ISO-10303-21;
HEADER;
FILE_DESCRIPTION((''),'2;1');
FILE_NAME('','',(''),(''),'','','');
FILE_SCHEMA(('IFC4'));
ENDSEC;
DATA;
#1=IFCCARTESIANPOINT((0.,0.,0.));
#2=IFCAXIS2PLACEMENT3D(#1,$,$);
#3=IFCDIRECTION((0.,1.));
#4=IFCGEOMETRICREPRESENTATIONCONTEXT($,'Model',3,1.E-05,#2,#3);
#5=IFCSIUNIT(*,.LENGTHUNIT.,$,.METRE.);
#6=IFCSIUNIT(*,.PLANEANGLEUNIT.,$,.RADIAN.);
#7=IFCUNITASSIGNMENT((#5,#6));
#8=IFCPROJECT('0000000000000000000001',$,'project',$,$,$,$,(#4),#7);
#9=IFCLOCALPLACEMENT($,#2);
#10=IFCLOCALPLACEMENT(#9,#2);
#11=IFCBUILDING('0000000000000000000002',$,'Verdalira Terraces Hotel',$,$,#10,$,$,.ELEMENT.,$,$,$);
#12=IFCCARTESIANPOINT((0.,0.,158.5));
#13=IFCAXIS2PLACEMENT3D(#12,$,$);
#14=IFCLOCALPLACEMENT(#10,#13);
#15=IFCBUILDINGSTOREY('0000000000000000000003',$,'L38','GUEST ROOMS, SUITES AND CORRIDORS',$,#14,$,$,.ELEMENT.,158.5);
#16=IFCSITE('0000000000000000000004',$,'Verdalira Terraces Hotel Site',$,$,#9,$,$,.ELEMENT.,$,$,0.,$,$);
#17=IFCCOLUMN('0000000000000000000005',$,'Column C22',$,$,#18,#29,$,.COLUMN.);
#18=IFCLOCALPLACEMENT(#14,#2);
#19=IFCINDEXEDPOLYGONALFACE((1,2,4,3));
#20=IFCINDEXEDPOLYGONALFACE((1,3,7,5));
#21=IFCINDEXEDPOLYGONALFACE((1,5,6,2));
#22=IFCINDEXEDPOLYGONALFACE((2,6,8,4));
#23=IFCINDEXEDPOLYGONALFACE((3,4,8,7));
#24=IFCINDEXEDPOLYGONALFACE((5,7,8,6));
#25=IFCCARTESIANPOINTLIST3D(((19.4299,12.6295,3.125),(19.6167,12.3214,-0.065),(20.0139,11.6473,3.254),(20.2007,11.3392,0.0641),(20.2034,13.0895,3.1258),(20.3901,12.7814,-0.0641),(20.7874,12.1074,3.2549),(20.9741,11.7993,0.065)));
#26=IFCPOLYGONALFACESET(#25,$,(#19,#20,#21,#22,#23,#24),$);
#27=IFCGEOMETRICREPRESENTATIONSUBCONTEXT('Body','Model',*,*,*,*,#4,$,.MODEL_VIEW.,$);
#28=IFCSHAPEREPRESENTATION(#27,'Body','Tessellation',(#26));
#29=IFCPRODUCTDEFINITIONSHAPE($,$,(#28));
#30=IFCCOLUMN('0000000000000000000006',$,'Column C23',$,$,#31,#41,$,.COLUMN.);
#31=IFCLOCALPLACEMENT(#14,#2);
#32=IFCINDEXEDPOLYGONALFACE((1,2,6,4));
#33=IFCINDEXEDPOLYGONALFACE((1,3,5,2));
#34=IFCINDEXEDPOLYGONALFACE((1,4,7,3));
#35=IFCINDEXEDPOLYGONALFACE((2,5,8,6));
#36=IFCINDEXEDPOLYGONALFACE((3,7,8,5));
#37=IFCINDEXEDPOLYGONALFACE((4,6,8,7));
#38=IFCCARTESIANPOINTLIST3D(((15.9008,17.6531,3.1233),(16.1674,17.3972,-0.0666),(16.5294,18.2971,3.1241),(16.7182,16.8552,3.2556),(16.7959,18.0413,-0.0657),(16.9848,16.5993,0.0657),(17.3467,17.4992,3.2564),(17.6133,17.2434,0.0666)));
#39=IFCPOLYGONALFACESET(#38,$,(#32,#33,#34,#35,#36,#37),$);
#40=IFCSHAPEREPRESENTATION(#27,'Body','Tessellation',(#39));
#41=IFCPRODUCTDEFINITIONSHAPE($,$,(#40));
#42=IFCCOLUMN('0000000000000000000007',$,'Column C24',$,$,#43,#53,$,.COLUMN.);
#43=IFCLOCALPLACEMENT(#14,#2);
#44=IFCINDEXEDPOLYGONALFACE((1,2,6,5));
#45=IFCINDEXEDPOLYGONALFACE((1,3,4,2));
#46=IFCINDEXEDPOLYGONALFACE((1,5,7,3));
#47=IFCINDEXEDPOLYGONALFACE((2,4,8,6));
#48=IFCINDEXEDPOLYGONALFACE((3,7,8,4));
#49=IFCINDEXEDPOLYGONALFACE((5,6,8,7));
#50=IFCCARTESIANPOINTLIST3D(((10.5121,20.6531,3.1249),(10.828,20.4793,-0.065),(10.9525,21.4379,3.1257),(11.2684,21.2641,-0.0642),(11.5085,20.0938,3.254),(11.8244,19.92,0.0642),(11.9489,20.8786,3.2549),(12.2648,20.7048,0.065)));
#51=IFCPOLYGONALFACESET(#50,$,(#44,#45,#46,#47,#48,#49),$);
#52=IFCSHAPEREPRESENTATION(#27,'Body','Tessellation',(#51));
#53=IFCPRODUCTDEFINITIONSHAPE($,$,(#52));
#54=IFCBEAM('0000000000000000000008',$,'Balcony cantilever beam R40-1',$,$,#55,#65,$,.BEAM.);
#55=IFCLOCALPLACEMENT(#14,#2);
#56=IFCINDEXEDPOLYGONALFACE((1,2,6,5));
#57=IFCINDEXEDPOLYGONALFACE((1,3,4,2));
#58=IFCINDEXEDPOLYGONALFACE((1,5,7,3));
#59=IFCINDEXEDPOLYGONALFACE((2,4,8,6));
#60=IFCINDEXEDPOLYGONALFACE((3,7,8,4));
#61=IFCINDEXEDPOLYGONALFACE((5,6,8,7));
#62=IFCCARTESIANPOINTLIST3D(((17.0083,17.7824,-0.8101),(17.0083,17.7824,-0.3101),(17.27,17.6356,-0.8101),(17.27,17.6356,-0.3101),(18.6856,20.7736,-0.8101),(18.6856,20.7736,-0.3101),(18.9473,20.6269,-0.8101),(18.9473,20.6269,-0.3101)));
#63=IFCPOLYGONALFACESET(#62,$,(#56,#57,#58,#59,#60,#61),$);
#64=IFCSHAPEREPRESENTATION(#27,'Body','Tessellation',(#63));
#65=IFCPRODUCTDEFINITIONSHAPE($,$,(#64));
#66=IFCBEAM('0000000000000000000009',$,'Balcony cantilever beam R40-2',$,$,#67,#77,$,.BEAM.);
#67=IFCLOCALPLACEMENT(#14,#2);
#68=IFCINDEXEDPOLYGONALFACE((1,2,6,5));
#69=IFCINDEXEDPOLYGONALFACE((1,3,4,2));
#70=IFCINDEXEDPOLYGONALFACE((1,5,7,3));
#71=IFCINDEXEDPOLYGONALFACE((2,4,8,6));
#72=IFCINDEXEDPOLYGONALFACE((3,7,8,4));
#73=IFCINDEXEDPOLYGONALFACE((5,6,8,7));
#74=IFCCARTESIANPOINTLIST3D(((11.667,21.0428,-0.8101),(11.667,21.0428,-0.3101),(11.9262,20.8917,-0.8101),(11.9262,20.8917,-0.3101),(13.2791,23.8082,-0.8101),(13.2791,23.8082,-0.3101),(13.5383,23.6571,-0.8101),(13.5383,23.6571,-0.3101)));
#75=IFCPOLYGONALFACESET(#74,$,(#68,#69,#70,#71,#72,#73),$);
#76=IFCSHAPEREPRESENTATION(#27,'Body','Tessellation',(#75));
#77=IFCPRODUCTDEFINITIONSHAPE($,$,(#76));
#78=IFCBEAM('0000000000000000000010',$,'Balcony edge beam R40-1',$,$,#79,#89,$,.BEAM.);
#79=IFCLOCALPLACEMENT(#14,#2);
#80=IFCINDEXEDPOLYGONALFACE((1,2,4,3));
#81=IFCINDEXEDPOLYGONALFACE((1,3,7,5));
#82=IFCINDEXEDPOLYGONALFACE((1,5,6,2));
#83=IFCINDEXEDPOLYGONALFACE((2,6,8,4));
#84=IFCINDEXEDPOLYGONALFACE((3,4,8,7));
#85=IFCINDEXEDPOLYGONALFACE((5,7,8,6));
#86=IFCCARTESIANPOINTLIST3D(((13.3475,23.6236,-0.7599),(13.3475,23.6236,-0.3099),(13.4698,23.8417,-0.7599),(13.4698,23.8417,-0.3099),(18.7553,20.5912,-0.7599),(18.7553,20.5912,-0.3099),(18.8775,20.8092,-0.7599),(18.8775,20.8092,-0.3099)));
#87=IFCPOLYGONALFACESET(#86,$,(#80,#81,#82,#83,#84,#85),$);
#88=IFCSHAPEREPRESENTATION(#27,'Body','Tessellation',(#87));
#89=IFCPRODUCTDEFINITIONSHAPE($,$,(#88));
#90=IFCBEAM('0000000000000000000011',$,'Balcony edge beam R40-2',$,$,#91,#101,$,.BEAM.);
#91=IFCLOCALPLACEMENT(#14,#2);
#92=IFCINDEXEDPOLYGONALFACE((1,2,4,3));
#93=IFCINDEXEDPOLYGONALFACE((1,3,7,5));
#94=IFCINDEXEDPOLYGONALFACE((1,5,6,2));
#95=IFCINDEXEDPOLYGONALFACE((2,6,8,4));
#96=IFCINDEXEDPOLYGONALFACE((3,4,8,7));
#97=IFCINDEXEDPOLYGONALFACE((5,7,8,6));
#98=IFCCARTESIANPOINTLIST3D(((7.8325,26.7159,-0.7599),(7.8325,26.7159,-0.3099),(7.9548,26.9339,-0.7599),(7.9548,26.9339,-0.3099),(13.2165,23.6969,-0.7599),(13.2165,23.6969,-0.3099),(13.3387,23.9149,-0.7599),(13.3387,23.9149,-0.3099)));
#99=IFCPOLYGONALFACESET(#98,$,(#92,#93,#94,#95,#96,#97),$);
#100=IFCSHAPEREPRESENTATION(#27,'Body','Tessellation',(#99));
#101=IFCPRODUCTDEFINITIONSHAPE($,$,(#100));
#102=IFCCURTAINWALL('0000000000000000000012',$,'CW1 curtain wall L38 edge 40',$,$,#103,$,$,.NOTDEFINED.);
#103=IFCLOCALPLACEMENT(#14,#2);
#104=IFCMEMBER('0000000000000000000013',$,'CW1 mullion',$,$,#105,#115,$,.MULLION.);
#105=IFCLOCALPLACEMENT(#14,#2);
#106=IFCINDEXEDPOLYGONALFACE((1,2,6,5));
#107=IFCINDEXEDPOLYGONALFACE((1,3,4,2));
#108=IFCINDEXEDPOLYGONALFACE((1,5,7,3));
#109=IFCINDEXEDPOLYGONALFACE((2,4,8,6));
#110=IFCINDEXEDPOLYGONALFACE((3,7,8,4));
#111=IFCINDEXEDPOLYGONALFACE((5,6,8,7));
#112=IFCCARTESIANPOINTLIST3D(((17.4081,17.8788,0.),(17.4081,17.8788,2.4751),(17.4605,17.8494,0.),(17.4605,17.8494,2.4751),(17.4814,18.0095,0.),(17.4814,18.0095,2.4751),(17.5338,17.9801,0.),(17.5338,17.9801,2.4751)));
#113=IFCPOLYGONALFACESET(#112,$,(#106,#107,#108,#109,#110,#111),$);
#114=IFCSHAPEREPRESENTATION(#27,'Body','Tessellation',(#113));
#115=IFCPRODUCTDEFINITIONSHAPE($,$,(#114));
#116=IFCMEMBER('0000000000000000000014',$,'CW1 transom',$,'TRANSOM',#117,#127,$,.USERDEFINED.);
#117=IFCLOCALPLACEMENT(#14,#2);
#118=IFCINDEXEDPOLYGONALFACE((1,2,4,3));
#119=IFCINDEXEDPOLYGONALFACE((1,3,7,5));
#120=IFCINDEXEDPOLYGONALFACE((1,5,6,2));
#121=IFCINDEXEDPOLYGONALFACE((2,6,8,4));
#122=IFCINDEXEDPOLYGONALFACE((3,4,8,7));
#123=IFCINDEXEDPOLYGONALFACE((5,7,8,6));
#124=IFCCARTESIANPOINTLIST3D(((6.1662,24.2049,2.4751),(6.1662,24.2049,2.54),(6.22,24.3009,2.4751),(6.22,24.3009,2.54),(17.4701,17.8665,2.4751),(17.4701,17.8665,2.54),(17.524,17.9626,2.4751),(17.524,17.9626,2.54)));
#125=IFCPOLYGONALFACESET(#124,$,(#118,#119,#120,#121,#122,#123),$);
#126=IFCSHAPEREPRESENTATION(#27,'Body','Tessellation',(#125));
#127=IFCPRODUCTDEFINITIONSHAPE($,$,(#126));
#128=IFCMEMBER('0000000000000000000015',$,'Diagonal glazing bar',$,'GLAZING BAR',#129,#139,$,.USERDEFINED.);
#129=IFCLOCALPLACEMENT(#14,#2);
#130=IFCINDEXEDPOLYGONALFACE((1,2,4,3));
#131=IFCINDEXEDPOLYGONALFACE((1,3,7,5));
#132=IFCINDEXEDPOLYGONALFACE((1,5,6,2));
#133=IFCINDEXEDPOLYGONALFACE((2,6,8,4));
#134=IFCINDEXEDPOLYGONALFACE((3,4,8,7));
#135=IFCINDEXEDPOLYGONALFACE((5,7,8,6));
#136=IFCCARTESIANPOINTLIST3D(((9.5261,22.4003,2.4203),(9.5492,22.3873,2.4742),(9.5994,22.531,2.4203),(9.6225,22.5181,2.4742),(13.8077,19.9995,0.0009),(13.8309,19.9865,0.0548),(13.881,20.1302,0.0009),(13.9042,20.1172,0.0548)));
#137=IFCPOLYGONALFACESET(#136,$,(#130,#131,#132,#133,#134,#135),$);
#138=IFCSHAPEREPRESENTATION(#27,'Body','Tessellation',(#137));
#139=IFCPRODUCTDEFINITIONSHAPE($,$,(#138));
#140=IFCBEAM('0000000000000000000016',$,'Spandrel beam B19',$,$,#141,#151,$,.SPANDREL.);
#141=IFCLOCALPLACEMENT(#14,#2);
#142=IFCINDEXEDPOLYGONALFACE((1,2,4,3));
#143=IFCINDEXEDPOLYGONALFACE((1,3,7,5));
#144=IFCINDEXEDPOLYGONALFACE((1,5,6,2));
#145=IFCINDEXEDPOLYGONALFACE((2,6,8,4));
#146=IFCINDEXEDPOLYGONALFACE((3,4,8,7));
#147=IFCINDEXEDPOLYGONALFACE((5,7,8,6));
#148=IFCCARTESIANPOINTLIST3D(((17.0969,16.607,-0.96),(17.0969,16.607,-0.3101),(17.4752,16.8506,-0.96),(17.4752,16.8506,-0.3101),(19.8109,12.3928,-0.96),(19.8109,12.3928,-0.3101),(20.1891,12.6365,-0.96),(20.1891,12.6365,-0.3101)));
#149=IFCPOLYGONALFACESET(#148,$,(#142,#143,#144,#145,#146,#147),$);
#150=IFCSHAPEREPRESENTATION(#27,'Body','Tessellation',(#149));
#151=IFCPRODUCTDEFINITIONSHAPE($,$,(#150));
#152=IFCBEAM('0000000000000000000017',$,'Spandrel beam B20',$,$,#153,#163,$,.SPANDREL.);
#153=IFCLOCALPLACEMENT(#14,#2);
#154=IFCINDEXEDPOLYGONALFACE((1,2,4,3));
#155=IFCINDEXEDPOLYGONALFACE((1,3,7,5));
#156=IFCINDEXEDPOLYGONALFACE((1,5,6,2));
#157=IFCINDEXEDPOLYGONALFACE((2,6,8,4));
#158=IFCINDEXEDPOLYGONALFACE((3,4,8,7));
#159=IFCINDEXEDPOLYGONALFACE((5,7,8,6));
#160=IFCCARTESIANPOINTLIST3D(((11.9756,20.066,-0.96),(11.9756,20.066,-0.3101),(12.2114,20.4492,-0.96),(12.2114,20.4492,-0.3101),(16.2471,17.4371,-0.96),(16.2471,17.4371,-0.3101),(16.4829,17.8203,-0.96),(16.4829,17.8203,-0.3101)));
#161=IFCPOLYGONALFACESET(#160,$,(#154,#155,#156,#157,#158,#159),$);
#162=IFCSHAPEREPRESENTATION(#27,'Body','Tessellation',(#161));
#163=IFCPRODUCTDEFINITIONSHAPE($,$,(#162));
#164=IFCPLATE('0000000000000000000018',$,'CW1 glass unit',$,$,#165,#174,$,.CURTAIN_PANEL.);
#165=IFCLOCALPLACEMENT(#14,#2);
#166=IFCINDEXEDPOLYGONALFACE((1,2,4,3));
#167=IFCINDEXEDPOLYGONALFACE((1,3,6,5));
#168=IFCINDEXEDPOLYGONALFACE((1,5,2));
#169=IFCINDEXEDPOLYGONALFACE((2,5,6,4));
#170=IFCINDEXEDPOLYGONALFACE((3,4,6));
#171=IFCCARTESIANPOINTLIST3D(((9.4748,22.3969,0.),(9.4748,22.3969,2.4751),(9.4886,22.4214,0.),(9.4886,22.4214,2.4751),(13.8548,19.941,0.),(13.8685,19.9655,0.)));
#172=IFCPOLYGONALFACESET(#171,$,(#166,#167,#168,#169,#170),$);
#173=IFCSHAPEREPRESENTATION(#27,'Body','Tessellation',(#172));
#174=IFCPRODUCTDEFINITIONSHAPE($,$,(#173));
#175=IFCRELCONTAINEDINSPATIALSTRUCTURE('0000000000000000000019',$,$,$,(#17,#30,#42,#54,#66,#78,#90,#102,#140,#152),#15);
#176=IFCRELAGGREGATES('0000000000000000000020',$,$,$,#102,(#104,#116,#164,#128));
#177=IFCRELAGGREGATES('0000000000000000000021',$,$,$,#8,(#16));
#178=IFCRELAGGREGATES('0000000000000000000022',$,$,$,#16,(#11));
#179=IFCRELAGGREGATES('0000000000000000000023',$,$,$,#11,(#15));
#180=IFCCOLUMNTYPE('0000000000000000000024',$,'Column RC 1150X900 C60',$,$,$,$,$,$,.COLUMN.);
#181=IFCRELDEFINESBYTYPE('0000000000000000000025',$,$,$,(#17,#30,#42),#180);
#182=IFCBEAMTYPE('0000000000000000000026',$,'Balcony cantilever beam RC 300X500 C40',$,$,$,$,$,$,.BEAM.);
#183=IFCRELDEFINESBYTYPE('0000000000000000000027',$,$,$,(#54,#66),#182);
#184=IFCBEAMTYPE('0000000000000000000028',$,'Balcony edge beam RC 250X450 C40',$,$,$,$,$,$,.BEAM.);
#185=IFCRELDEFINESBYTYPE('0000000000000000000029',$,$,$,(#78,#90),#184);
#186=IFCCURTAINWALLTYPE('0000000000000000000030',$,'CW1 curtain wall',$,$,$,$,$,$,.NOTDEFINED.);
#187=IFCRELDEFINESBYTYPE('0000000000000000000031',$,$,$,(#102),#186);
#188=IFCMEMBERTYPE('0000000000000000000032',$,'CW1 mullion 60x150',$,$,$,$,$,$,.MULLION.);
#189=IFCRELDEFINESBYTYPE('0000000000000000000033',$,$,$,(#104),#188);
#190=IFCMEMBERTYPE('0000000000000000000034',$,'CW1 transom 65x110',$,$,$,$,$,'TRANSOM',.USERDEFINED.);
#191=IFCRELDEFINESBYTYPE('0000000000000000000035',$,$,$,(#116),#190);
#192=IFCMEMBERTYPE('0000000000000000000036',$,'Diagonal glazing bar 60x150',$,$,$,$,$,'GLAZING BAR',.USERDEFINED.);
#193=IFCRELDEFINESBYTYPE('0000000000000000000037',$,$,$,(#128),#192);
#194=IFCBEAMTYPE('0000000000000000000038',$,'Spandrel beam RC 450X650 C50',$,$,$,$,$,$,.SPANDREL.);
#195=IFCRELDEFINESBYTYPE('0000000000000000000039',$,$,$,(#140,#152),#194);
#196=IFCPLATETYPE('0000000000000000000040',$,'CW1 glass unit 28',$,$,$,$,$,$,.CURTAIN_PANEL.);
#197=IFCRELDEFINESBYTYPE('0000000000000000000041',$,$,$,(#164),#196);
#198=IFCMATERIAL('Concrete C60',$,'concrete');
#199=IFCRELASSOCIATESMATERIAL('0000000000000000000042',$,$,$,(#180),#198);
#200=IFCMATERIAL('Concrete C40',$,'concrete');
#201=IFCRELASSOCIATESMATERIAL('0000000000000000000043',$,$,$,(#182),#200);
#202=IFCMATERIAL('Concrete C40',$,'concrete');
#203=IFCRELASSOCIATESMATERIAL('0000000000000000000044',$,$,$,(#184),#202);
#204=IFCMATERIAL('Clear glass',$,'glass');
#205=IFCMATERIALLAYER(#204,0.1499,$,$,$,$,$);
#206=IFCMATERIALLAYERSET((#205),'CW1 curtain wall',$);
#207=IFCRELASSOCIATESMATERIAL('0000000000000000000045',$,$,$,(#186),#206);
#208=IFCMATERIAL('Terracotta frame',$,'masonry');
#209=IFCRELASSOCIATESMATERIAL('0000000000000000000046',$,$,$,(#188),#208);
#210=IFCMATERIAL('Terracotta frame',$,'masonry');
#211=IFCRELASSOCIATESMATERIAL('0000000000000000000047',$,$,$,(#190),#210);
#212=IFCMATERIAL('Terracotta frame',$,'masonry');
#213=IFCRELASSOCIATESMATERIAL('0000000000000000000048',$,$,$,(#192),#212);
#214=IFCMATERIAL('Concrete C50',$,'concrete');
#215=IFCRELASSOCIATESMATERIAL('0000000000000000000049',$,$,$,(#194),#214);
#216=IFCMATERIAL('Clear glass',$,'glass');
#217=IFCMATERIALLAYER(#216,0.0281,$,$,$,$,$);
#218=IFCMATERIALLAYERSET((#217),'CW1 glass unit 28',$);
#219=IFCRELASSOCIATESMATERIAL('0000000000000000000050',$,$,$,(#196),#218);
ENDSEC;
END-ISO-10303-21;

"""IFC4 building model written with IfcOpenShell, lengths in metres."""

from ifc_helpers import new_model, si_unit, direction, frame, origin, origin_2d, place, context, subcontext, project, spatial, polyline, rectangle, outline, extrude, material, layer, layer_set, material_profile, profile_set, type_object, element, aggregate, save


model = new_model("IFC4")

# Units and contexts
model_context = context("Model", 3, precision=1e-05, world=origin(), true_north=direction((0.0, 1.0)))
body_context = subcontext(model_context, "Body", "Model", "MODEL_VIEW")
ifc_project = project(units=[si_unit("LENGTHUNIT", "METRE"), si_unit("PLANEANGLEUNIT", "RADIAN")], contexts=[model_context])

# Site, building, storey
site_placement = place(None, origin())
site = spatial("IfcSite", under=ifc_project, at=site_placement, Name="Verdalira Terraces Hotel Site", CompositionType="ELEMENT", RefElevation=0.0)
building_placement = place(site_placement, origin())
building = spatial("IfcBuilding", under=site, at=building_placement, Name="Verdalira Terraces Hotel", CompositionType="ELEMENT")
storey_placement = place(building_placement, frame((0.0, 0.0, 158.5)))
storey = spatial("IfcBuildingStorey", under=building, at=storey_placement, Name="L38", Description="GUEST ROOMS, SUITES AND CORRIDORS", CompositionType="ELEMENT", Elevation=158.5)

# Columns
ifc_material_1 = material(Name="Concrete C60", Category="concrete")
ifc_material_profile_1 = material_profile(ifc_material_1, rectangle(XDim=1.1499, YDim=0.8999, at=origin_2d()), Name="RC 1150X900")
ifc_profile_set_1 = profile_set([ifc_material_profile_1], Name="Concrete C60")
column_type = type_object("IfcColumnType", Name="Column RC 1150X900 C60", PredefinedType="COLUMN", material=ifc_profile_set_1)
column_1_placement = place(storey_placement, frame((20.2954, 12.0603, 0.0), z_axis=(-0.058179, 0.095976, 0.993682), x_axis=(-0.507873, 0.85409, -0.112229)))
element("IfcColumn", 1, at=column_1_placement, inside=storey, type_object=column_type, Name="Column C22", PredefinedType="COLUMN", context=body_context, shape_type="SweptSolid", body=[
    extrude(rectangle(XDim=1.1499, YDim=0.8999, at=origin_2d()), origin(), (0.0, 0.0, 1.0), 3.2102),
])
column_2_placement = place(storey_placement, frame((16.8904, 17.3203, 0.0), z_axis=(-0.083021, 0.079675, 0.993358), x_axis=(0.710836, -0.693883, 0.115064)))
element("IfcColumn", 2, at=column_2_placement, inside=storey, type_object=column_type, Name="Column C23", PredefinedType="COLUMN", context=body_context, shape_type="SweptSolid", body=[
    extrude(rectangle(XDim=1.1499, YDim=0.8999, at=origin_2d()), origin(), (0.0, 0.0, 1.0), 3.2112),
])
column_3_placement = place(storey_placement, frame((11.5464, 20.592, 0.0), z_axis=(-0.098409, 0.054148, 0.993672), x_axis=(-0.86649, 0.486394, -0.112318)))
element("IfcColumn", 3, at=column_3_placement, inside=storey, type_object=column_type, Name="Column C24", PredefinedType="COLUMN", context=body_context, shape_type="SweptSolid", body=[
    extrude(rectangle(XDim=1.1499, YDim=0.8999, at=origin_2d()), origin(), (0.0, 0.0, 1.0), 3.2102),
])

# Beams
ifc_material_2 = material(Name="Concrete C40", Category="concrete")
ifc_material_profile_2 = material_profile(ifc_material_2, rectangle(XDim=0.3, YDim=0.5, at=origin_2d()), Name="RC 300X500")
ifc_profile_set_2 = profile_set([ifc_material_profile_2], Name="Concrete C40")
beam_type_1 = type_object("IfcBeamType", Name="Balcony cantilever beam RC 300X500 C40", PredefinedType="BEAM", material=ifc_profile_set_2)
beam_1_placement = place(storey_placement, frame((17.1392, 17.709, -0.5601), z_axis=(0.489085, 0.872236, 0.0), x_axis=(-0.872236, 0.489085, 0.0)))
element("IfcBeam", 4, at=beam_1_placement, inside=storey, type_object=beam_type_1, Name="Balcony cantilever beam R40-1", PredefinedType="BEAM", context=body_context, shape_type="SweptSolid", body=[
    extrude(rectangle(XDim=0.3, YDim=0.5, at=origin_2d()), origin(), (0.0, 0.0, 1.0), 3.4294),
])
beam_2_placement = place(storey_placement, frame((11.7966, 20.9673, -0.5601), z_axis=(0.50362, 0.863925, 0.0), x_axis=(-0.863925, 0.50362, 0.0)))
element("IfcBeam", 5, at=beam_2_placement, inside=storey, type_object=beam_type_1, Name="Balcony cantilever beam R40-2", PredefinedType="BEAM", context=body_context, shape_type="SweptSolid", body=[
    extrude(rectangle(XDim=0.3, YDim=0.5, at=origin_2d()), origin(), (0.0, 0.0, 1.0), 3.2009),
])
ifc_material_3 = material(Name="Concrete C40", Category="concrete")
ifc_material_profile_3 = material_profile(ifc_material_3, rectangle(XDim=0.25, YDim=0.45, at=origin_2d()), Name="RC 250X450")
ifc_profile_set_3 = profile_set([ifc_material_profile_3], Name="Concrete C40")
beam_type_2 = type_object("IfcBeamType", Name="Balcony edge beam RC 250X450 C40", PredefinedType="BEAM", material=ifc_profile_set_3)
beam_3_placement = place(storey_placement, frame((18.8164, 20.7002, -0.5349), z_axis=(-0.87222, 0.489113, 0.0), x_axis=(-0.489113, -0.87222, 0.0)))
element("IfcBeam", 6, at=beam_3_placement, inside=storey, type_object=beam_type_2, Name="Balcony edge beam R40-1", PredefinedType="BEAM", context=body_context, shape_type="SweptSolid", body=[
    extrude(rectangle(XDim=0.25, YDim=0.45, at=origin_2d()), origin(), (0.0, 0.0, 1.0), 6.2),
])
beam_4_placement = place(storey_placement, frame((13.2776, 23.8059, -0.5349), z_axis=(-0.872231, 0.489095, 0.0), x_axis=(-0.489095, -0.872231, 0.0)))
element("IfcBeam", 7, at=beam_4_placement, inside=storey, type_object=beam_type_2, Name="Balcony edge beam R40-2", PredefinedType="BEAM", context=body_context, shape_type="SweptSolid", body=[
    extrude(rectangle(XDim=0.25, YDim=0.45, at=origin_2d()), origin(), (0.0, 0.0, 1.0), 6.1726),
])

# Curtain wall, members
ifc_material_4 = material(Name="Clear glass", Category="glass")
ifc_layer_1 = layer(ifc_material_4, 0.1499)
ifc_layer_set_1 = layer_set([ifc_layer_1], Name="CW1 curtain wall")
curtain_wall_type = type_object("IfcCurtainWallType", Name="CW1 curtain wall", PredefinedType="NOTDEFINED", material=ifc_layer_set_1)
curtain_wall_placement = place(storey_placement, origin())
curtain_wall = element("IfcCurtainWall", 8, at=curtain_wall_placement, inside=storey, type_object=curtain_wall_type, Name="CW1 curtain wall L38 edge 40", PredefinedType="NOTDEFINED")
ifc_material_5 = material(Name="Terracotta frame", Category="masonry")
ifc_material_profile_4 = material_profile(ifc_material_5, rectangle(XDim=0.0601, YDim=0.1499, at=origin_2d()), Name="MU 60x150")
ifc_profile_set_4 = profile_set([ifc_material_profile_4], Name="Terracotta frame")
member_type_1 = type_object("IfcMemberType", Name="CW1 mullion 60x150", PredefinedType="MULLION", material=ifc_profile_set_4)
member_1_placement = place(storey_placement, frame((17.4709, 17.9294, 0.0), z_axis=(0.0, 0.0, 1.0), x_axis=(-0.87224, 0.489078, 0.0)))
member_1 = element("IfcMember", 9, at=member_1_placement, type_object=member_type_1, Name="CW1 mullion", PredefinedType="MULLION", context=body_context, shape_type="SweptSolid", body=[
    extrude(rectangle(XDim=0.0601, YDim=0.1499, at=origin_2d()), origin(), (0.0, 0.0, 1.0), 2.4751),
])
ifc_material_6 = material(Name="Terracotta frame", Category="masonry")
ifc_material_profile_5 = material_profile(ifc_material_6, rectangle(XDim=0.1101, YDim=0.0649, at=origin_2d()), Name="TR 65x110")
ifc_profile_set_5 = profile_set([ifc_material_profile_5], Name="Terracotta frame")
member_type_2 = type_object("IfcMemberType", Name="CW1 transom 65x110", ElementType="TRANSOM", PredefinedType="USERDEFINED", material=ifc_profile_set_5)
member_2_placement = place(storey_placement, frame((17.4971, 17.9146, 2.5076), z_axis=(-0.872237, 0.489083, 0.0), x_axis=(-0.489083, -0.872237, 0.0)))
member_2 = element("IfcMember", 10, at=member_2_placement, type_object=member_type_2, Name="CW1 transom", ObjectType="TRANSOM", PredefinedType="USERDEFINED", context=body_context, shape_type="SweptSolid", body=[
    extrude(rectangle(XDim=0.1101, YDim=0.0649, at=origin_2d()), origin(), (0.0, 0.0, 1.0), 12.9597),
])
ifc_material_7 = material(Name="Terracotta frame", Category="masonry")
ifc_material_profile_6 = material_profile(ifc_material_7, rectangle(XDim=0.1499, YDim=0.0601, at=origin_2d()), Name="GB 60x150")
ifc_profile_set_6 = profile_set([ifc_material_profile_6], Name="Terracotta frame")
member_type_3 = type_object("IfcMemberType", Name="Diagonal glazing bar 60x150", ElementType="GLAZING BAR", PredefinedType="USERDEFINED", material=ifc_profile_set_6)
member_3_placement = place(storey_placement, frame((13.856, 20.0584, 0.0278), z_axis=(-0.782372, 0.438696, 0.442086), x_axis=(-0.489085, -0.872236, 0.0)))
member_3 = element("IfcMember", 11, at=member_3_placement, type_object=member_type_3, Name="Diagonal glazing bar", ObjectType="GLAZING BAR", PredefinedType="USERDEFINED", context=body_context, shape_type="SweptSolid", body=[
    extrude(rectangle(XDim=0.1499, YDim=0.0601, at=origin_2d()), origin(), (0.0, 0.0, 1.0), 5.4727),
])

# Beams
ifc_material_8 = material(Name="Concrete C50", Category="concrete")
ifc_material_profile_7 = material_profile(ifc_material_8, rectangle(XDim=0.45, YDim=0.6499, at=origin_2d()), Name="RC 450X650")
ifc_profile_set_7 = profile_set([ifc_material_profile_7], Name="Concrete C50")
beam_type_3 = type_object("IfcBeamType", Name="Spandrel beam RC 450X650 C50", PredefinedType="SPANDREL", material=ifc_profile_set_7)
beam_5_placement = place(storey_placement, frame((20.0, 12.5146, -0.635), z_axis=(-0.541434, 0.840743, 0.0), x_axis=(-0.840743, -0.541434, 0.0)))
element("IfcBeam", 12, at=beam_5_placement, inside=storey, type_object=beam_type_3, Name="Spandrel beam B19", PredefinedType="SPANDREL", context=body_context, shape_type="SweptSolid", body=[
    extrude(rectangle(XDim=0.45, YDim=0.6499, at=origin_2d()), origin(), (0.0, 0.0, 1.0), 5.0125),
])
beam_6_placement = place(storey_placement, frame((16.365, 17.6287, -0.635), z_axis=(-0.851632, 0.524141, 0.0), x_axis=(-0.524141, -0.851632, 0.0)))
element("IfcBeam", 13, at=beam_6_placement, inside=storey, type_object=beam_type_3, Name="Spandrel beam B20", PredefinedType="SPANDREL", context=body_context, shape_type="SweptSolid", body=[
    extrude(rectangle(XDim=0.45, YDim=0.6499, at=origin_2d()), origin(), (0.0, 0.0, 1.0), 5.0156),
])

# Plate
ifc_material_9 = material(Name="Clear glass", Category="glass")
ifc_layer_2 = layer(ifc_material_9, 0.0281)
ifc_layer_set_2 = layer_set([ifc_layer_2], Name="CW1 glass unit 28")
plate_type = type_object("IfcPlateType", Name="CW1 glass unit 28", PredefinedType="CURTAIN_PANEL", material=ifc_layer_set_2)
plate_1_placement = place(storey_placement, frame((11.6648, 21.1689, 1.2375), z_axis=(0.489078, 0.87224, 0.0), x_axis=(-0.87224, 0.489078, 0.0)))
plate_1 = element("IfcPlate", 14, at=plate_1_placement, type_object=plate_type, Name="CW1 glass unit", PredefinedType="CURTAIN_PANEL", context=body_context, shape_type="SweptSolid", body=[
    extrude(outline(polyline([(-2.5107, -1.2375), (2.5107, -1.2375), (2.5107, 1.2375), (-2.5107, -1.2375)])), origin(), (0.0, 0.0, 1.0), 0.0281),
])
aggregate(curtain_wall, [member_1, member_2, plate_1, member_3])

save(model, "model.ifc")
